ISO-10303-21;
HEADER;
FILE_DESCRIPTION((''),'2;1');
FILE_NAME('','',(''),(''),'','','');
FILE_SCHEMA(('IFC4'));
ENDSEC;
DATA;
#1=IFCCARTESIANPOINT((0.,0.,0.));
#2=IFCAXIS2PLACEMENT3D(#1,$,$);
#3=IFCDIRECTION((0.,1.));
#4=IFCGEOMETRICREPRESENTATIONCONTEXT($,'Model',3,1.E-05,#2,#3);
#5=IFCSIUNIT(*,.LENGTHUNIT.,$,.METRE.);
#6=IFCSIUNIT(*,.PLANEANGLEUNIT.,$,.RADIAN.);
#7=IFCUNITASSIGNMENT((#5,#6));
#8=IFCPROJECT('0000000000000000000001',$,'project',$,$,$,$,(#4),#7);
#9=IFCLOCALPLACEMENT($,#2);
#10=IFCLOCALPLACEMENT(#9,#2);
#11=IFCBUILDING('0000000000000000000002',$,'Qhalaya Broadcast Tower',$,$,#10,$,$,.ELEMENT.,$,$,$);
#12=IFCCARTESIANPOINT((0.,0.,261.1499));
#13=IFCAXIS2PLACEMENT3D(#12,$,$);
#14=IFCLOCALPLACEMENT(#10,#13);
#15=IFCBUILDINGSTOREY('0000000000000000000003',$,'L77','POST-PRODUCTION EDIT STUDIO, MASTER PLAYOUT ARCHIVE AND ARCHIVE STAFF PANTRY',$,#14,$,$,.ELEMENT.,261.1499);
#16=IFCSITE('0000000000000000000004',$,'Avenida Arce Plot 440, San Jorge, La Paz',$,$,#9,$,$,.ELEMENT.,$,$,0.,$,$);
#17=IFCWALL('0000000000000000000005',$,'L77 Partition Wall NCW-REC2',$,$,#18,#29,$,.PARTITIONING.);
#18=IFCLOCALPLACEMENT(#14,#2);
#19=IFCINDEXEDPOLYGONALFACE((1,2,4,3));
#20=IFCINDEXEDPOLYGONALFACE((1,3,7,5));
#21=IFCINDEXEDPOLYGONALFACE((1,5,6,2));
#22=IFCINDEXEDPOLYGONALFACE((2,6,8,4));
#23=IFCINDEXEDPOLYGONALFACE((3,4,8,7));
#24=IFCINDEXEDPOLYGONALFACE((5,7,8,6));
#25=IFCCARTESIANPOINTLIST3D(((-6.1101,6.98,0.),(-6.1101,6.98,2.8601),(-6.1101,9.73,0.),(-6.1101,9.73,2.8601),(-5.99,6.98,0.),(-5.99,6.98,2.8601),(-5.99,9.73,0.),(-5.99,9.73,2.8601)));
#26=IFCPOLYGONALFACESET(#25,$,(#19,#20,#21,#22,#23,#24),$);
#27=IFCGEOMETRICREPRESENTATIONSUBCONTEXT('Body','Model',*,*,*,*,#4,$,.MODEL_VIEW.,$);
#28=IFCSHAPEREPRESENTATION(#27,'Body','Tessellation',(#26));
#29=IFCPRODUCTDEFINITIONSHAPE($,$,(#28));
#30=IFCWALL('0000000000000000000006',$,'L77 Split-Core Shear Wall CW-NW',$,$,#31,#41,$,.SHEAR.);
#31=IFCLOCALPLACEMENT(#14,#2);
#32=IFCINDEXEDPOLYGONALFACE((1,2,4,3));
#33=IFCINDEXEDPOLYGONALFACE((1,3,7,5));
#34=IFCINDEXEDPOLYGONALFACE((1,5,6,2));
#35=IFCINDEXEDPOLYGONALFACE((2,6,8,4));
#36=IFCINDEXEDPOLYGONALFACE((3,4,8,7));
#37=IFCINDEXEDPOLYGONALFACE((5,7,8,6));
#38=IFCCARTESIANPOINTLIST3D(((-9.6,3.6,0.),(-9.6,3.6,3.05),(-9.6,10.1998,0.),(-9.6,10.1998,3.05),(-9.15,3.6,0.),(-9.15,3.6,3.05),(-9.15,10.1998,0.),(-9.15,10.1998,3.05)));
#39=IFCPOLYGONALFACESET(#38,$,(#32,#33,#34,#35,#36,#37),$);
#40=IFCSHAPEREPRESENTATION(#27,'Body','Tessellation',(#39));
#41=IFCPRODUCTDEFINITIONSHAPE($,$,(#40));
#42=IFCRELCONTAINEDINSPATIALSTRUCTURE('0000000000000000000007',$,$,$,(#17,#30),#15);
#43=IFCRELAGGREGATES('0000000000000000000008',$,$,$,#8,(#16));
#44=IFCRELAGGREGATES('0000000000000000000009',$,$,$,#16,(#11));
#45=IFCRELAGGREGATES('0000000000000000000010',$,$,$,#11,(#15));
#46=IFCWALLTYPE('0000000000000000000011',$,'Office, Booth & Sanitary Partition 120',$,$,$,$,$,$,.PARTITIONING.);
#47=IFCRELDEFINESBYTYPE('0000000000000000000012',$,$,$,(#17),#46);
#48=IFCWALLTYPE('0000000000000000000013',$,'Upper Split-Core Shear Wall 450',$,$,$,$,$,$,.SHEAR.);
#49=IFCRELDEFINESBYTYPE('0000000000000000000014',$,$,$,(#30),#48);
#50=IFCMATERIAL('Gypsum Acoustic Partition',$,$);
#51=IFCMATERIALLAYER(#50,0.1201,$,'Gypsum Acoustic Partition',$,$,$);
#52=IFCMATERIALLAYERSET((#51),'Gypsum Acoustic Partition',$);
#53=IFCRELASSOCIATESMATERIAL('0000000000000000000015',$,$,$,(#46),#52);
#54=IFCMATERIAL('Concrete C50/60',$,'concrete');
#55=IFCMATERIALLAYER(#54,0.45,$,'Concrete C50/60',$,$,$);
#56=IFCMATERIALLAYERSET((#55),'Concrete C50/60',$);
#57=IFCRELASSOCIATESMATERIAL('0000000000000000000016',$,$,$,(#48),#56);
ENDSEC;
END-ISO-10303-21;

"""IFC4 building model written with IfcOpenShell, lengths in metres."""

from ifc_helpers import new_model, si_unit, direction, frame, frame_2d, origin, place, context, subcontext, project, spatial, rectangle, extrude, material, layer, layer_set, type_object, element, save


model = new_model("IFC4")

# Units and contexts
model_context = context("Model", 3, precision=1e-05, world=origin(), true_north=direction((0.0, 1.0)))
body_context = subcontext(model_context, "Body", "Model", "MODEL_VIEW")
ifc_project = project(units=[si_unit("LENGTHUNIT", "METRE"), si_unit("PLANEANGLEUNIT", "RADIAN")], contexts=[model_context])

# Site, building, storey
site_placement = place(None, origin())
site = spatial("IfcSite", under=ifc_project, at=site_placement, Name="Avenida Arce Plot 440, San Jorge, La Paz", CompositionType="ELEMENT", RefElevation=0.0)
building_placement = place(site_placement, origin())
building = spatial("IfcBuilding", under=site, at=building_placement, Name="Qhalaya Broadcast Tower", CompositionType="ELEMENT")
storey_placement = place(building_placement, frame((0.0, 0.0, 261.1499)))
storey = spatial("IfcBuildingStorey", under=building, at=storey_placement, Name="L77", Description="POST-PRODUCTION EDIT STUDIO, MASTER PLAYOUT ARCHIVE AND ARCHIVE STAFF PANTRY", CompositionType="ELEMENT", Elevation=261.1499)

# Shared definitions
ifc_material_1 = material(Name="Concrete C50/60", Category="concrete")

# Shared definitions
ifc_material_2 = material(Name="Gypsum Acoustic Partition")

# Wall
ifc_layer_1 = layer(ifc_material_2, 0.1201, Name="Gypsum Acoustic Partition")
ifc_layer_set_1 = layer_set([ifc_layer_1], Name="Gypsum Acoustic Partition")
wall_type_1 = type_object("IfcWallType", Name="Office, Booth & Sanitary Partition 120", PredefinedType="PARTITIONING", material=ifc_layer_set_1)
wall_1_placement = place(storey_placement, frame((-6.05, 6.98, 0.0), z_axis=(0.0, 0.0, 1.0), x_axis=(0.0, 1.0, 0.0)))
element("IfcWall", 1, at=wall_1_placement, inside=storey, type_object=wall_type_1, Name="L77 Partition Wall NCW-REC2", PredefinedType="PARTITIONING", context=body_context, shape_type="SweptSolid", body=[
    extrude(rectangle(XDim=2.75, YDim=0.1201, at=frame_2d((1.375, 0.0))), origin(), (0.0, 0.0, 1.0), 2.8601),
])

# Shared definitions
ifc_layer_2 = layer(ifc_material_1, 0.45, Name="Concrete C50/60")
ifc_layer_set_2 = layer_set([ifc_layer_2], Name="Concrete C50/60")
wall_type_2 = type_object("IfcWallType", Name="Upper Split-Core Shear Wall 450", PredefinedType="SHEAR", material=ifc_layer_set_2)

# Wall
wall_2_placement = place(storey_placement, frame((-9.375, 3.6001, 0.0), z_axis=(0.0, 0.0, 1.0), x_axis=(0.0, 1.0, 0.0)))
element("IfcWall", 2, at=wall_2_placement, inside=storey, type_object=wall_type_2, Name="L77 Split-Core Shear Wall CW-NW", PredefinedType="SHEAR", context=body_context, shape_type="SweptSolid", body=[
    extrude(rectangle(XDim=6.5999, YDim=0.45, at=frame_2d((3.2998, 0.0))), origin(), (0.0, 0.0, 1.0), 3.05),
])

save(model, "model.ifc")
